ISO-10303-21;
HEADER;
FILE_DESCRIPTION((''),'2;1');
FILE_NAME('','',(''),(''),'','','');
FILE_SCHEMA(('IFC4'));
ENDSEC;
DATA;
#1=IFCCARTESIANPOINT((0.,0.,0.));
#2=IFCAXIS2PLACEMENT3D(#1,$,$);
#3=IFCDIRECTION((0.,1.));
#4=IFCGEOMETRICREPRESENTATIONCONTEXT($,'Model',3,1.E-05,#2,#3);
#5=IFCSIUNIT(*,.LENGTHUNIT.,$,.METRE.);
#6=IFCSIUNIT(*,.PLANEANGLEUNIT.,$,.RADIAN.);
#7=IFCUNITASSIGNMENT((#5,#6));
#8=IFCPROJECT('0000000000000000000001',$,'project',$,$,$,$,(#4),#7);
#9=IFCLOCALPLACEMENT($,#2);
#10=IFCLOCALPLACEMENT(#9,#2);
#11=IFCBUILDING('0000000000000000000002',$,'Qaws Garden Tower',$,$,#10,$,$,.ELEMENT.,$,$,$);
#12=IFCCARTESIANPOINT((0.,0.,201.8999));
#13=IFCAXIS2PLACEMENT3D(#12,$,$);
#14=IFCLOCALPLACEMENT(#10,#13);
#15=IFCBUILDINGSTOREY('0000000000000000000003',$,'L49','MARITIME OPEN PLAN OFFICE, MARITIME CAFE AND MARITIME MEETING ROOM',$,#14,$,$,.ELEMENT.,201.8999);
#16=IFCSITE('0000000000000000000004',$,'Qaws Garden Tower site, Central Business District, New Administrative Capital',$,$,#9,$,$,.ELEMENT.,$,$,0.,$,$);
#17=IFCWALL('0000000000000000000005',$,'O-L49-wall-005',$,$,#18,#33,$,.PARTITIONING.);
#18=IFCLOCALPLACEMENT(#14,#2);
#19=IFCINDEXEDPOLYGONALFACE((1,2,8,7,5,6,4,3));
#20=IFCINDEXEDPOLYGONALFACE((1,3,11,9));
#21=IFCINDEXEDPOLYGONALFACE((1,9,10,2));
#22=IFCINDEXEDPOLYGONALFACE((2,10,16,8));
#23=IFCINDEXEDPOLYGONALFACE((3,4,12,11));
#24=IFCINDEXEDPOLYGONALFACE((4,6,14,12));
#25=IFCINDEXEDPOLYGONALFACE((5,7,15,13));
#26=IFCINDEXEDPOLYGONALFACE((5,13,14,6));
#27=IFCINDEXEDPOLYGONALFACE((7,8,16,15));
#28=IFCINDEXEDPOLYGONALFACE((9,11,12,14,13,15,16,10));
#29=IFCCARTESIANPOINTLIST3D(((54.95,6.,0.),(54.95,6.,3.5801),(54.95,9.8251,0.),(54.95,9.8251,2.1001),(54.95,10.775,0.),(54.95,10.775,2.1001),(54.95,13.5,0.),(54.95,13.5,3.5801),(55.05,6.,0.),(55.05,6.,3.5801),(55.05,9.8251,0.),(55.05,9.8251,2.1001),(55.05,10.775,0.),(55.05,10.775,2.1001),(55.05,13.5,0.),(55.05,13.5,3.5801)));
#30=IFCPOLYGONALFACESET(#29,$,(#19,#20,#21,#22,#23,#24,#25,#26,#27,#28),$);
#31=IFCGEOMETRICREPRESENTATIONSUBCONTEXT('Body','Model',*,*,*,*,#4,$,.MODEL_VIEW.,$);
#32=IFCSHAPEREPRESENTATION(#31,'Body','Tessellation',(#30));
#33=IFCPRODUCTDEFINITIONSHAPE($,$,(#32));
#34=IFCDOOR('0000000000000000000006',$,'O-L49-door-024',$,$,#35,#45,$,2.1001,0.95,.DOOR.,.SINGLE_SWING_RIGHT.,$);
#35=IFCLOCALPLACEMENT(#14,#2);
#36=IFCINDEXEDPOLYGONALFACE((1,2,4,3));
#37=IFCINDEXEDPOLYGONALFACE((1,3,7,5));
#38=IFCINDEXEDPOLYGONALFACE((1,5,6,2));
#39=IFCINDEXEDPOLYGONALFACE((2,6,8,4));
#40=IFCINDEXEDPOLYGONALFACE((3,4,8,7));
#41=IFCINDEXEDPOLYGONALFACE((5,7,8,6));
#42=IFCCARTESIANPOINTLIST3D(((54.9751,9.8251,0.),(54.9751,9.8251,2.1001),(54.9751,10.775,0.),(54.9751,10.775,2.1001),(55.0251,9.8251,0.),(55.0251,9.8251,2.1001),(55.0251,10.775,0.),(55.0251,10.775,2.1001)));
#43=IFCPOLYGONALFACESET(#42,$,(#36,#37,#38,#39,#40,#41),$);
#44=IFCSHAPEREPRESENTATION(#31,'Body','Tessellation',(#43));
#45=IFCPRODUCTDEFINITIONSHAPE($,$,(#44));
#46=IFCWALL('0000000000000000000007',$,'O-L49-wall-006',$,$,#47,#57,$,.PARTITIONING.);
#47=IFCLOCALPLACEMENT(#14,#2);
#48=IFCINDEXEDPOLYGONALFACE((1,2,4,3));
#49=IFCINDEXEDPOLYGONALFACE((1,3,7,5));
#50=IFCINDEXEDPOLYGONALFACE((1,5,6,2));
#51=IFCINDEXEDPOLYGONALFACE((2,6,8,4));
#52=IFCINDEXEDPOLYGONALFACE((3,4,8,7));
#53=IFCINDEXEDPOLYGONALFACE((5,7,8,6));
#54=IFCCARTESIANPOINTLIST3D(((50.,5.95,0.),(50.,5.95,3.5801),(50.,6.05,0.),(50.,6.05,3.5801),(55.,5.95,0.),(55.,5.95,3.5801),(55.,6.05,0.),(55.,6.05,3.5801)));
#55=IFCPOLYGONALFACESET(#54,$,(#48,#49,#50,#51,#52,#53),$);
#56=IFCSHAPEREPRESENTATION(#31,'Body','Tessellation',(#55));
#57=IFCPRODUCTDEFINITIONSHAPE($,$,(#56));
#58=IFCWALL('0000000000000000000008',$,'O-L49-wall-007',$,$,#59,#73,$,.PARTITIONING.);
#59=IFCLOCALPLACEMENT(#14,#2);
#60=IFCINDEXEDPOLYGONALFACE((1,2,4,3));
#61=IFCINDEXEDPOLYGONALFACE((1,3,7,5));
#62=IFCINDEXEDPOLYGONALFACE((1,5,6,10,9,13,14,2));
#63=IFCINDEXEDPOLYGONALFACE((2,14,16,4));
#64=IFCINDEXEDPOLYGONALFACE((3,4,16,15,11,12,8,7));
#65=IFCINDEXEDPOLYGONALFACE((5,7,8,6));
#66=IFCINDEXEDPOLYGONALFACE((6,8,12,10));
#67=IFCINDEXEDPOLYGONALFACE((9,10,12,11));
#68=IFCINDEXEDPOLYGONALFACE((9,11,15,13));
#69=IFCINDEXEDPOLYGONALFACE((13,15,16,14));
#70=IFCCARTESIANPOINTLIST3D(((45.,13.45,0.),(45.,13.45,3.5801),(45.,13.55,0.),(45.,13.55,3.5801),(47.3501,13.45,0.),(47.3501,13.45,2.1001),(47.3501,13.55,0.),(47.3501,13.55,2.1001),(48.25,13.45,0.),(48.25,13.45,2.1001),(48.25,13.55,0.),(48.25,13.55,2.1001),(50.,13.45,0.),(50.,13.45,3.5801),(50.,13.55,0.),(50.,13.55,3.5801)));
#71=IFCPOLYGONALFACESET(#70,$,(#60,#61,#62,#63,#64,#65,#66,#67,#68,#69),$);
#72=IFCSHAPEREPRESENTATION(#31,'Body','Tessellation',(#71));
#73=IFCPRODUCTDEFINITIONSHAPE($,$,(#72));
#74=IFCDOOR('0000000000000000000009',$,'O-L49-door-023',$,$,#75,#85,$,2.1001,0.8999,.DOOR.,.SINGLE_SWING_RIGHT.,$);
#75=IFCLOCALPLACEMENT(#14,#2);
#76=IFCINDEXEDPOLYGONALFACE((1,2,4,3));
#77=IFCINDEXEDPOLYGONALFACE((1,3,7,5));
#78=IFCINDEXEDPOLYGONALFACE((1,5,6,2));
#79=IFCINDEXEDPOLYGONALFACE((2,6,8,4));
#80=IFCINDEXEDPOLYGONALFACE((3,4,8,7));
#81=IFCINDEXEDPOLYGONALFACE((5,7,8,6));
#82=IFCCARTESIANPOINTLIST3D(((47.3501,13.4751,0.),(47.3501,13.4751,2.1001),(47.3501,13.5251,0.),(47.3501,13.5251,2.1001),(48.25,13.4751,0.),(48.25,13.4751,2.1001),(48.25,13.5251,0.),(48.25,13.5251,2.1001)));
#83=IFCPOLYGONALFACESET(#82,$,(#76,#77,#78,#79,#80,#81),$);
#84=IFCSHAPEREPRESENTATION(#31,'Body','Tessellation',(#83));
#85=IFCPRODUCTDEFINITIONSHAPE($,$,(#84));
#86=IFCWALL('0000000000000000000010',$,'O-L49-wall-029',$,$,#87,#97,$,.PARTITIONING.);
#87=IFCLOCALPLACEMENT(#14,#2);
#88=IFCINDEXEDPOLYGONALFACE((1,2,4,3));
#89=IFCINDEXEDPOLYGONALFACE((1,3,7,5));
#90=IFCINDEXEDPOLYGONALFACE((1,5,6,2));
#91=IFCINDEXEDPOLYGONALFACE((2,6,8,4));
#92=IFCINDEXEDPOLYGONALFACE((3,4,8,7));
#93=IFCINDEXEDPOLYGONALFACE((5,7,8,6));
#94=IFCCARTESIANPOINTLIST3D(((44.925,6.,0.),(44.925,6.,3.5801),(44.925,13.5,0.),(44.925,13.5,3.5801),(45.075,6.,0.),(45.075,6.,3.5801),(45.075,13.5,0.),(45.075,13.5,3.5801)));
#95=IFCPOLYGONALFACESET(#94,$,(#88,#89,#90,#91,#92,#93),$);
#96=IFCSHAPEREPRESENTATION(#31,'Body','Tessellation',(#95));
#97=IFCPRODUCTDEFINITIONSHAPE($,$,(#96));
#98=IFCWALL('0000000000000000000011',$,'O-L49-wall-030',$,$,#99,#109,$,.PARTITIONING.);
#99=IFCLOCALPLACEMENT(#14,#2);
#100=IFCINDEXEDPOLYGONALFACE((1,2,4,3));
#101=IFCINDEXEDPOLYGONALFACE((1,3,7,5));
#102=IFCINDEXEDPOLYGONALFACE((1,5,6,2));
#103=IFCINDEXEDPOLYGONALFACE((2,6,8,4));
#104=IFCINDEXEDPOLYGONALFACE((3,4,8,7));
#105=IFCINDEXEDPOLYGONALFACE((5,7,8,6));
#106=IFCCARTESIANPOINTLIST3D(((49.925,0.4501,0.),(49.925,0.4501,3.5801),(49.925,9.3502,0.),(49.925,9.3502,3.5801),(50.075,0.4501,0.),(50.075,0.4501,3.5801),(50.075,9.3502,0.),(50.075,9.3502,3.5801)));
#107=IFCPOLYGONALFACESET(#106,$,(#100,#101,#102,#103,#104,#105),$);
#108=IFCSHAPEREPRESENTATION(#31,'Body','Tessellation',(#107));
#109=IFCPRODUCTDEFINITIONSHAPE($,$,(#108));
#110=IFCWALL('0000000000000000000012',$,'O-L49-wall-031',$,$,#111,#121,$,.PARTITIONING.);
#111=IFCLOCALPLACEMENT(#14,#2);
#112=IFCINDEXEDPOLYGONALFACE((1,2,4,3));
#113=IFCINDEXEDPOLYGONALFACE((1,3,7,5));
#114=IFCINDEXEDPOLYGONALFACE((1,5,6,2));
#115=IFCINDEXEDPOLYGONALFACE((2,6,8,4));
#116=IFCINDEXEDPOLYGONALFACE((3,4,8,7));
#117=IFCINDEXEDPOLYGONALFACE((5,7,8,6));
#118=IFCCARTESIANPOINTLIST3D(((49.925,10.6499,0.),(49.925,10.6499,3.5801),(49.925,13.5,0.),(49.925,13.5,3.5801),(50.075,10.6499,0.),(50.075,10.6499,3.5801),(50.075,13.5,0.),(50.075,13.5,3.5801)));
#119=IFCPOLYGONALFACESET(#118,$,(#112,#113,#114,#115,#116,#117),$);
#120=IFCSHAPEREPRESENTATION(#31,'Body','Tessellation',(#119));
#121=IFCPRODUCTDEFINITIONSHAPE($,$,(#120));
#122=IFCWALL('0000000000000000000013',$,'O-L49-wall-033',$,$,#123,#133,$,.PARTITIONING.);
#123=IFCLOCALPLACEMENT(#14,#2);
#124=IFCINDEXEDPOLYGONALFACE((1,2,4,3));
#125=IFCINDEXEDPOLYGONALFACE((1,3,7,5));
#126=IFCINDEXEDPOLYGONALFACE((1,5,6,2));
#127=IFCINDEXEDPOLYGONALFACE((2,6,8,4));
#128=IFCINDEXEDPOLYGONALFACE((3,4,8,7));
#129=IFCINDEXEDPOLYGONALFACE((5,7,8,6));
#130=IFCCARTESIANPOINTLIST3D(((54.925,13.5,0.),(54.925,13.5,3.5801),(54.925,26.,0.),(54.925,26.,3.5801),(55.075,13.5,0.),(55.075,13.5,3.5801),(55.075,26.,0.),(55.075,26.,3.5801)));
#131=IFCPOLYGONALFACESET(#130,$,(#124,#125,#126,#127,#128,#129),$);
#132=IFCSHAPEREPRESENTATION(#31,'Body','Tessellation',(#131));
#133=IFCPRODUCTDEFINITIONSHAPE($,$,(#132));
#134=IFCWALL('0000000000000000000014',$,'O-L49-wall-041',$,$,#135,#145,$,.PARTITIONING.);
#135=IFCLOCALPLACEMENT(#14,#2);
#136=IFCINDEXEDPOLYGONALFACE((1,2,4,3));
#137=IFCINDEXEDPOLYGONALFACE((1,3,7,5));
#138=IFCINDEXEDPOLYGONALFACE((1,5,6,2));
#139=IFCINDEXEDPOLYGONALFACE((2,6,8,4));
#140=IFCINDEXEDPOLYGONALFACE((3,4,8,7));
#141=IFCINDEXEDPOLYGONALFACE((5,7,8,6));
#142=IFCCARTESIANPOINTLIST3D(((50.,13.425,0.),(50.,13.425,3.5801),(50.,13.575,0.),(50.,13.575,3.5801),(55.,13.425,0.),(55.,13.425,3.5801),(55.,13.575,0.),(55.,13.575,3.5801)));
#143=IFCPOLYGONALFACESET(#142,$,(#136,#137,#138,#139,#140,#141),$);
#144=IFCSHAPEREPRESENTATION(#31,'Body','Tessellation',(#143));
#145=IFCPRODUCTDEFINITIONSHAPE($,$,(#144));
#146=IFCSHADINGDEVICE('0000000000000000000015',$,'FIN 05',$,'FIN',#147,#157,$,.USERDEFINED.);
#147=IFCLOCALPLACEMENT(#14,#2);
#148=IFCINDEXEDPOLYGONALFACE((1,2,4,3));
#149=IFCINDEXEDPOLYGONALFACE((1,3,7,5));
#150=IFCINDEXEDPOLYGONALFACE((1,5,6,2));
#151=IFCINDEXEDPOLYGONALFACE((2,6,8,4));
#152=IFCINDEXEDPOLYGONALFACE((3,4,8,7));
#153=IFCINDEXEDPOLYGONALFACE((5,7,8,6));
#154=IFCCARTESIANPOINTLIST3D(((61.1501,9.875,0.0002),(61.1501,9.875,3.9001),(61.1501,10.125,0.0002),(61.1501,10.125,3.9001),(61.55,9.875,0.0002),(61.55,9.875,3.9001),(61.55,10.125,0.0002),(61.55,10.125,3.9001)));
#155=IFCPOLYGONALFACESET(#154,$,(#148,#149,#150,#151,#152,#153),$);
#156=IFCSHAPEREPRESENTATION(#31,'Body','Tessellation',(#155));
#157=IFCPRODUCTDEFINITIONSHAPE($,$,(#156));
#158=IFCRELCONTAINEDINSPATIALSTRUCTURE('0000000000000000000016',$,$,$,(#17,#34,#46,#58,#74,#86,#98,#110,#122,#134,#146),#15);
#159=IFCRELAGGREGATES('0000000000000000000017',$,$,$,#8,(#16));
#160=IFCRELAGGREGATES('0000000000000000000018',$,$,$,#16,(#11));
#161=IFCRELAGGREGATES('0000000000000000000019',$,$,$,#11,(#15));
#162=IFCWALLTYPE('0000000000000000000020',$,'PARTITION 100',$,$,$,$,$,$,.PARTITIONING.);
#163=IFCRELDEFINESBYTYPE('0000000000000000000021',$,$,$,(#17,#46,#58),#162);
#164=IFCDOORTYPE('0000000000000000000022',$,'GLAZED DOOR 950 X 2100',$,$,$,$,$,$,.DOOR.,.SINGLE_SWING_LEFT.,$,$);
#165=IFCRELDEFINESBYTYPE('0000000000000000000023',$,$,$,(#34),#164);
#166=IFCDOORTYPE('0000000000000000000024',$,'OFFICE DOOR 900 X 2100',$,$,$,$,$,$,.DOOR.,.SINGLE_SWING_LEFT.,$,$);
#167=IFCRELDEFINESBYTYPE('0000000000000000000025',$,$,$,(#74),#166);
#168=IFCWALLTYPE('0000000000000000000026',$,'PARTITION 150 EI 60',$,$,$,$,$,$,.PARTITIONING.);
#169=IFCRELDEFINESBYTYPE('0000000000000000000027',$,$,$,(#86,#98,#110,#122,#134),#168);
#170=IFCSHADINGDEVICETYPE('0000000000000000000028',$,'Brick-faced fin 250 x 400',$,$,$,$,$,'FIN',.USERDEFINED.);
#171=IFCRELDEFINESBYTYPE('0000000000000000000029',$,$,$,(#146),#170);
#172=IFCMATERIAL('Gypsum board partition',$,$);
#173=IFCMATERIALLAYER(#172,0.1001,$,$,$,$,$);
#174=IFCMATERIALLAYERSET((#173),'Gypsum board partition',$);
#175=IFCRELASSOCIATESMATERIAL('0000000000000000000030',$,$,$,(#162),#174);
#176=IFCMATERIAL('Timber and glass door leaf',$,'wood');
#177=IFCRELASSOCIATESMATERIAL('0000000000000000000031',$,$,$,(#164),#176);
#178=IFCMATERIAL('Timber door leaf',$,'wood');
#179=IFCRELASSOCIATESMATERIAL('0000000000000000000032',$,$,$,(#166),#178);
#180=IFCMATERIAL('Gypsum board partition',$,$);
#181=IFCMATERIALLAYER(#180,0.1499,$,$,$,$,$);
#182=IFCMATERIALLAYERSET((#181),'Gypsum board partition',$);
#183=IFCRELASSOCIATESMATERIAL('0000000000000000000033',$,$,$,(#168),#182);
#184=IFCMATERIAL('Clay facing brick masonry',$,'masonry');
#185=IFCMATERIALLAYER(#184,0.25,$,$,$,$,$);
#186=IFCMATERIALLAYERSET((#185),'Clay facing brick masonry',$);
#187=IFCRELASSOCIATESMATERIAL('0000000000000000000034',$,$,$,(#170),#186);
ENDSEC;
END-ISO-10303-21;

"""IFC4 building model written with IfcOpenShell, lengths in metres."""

from ifc_helpers import new_model, si_unit, direction, frame, frame_2d, origin, origin_2d, place, context, subcontext, project, spatial, rectangle, extrude, material, layer, layer_set, type_object, element, fill, save


model = new_model("IFC4")

# Units and contexts
model_context = context("Model", 3, precision=1e-05, world=origin(), true_north=direction((0.0, 1.0)))
body_context = subcontext(model_context, "Body", "Model", "MODEL_VIEW")
ifc_project = project(units=[si_unit("LENGTHUNIT", "METRE"), si_unit("PLANEANGLEUNIT", "RADIAN")], contexts=[model_context])

# Site, building, storey
site_placement = place(None, origin())
site = spatial("IfcSite", under=ifc_project, at=site_placement, Name="Qaws Garden Tower site, Central Business District, New Administrative Capital", CompositionType="ELEMENT", RefElevation=0.0)
building_placement = place(site_placement, origin())
building = spatial("IfcBuilding", under=site, at=building_placement, Name="Qaws Garden Tower", CompositionType="ELEMENT")
storey_placement = place(building_placement, frame((0.0, 0.0, 201.8999)))
storey = spatial("IfcBuildingStorey", under=building, at=storey_placement, Name="L49", Description="MARITIME OPEN PLAN OFFICE, MARITIME CAFE AND MARITIME MEETING ROOM", CompositionType="ELEMENT", Elevation=201.8999)

# Wall, opening, door
ifc_material_1 = material(Name="Gypsum board partition")
ifc_layer_1 = layer(ifc_material_1, 0.1001)
ifc_layer_set_1 = layer_set([ifc_layer_1], Name="Gypsum board partition")
wall_type_1 = type_object("IfcWallType", Name="PARTITION 100", PredefinedType="PARTITIONING", material=ifc_layer_set_1)
wall_1_placement = place(storey_placement, frame((55.0, 6.0, 0.0), z_axis=(0.0, 0.0, 1.0), x_axis=(0.0, 1.0, 0.0)))
wall_1 = element("IfcWall", 1, at=wall_1_placement, inside=storey, type_object=wall_type_1, Name="O-L49-wall-005", PredefinedType="PARTITIONING", context=body_context, shape_type="SweptSolid", body=[
    extrude(rectangle(XDim=7.5, YDim=0.1001, at=frame_2d((3.75, 0.0))), origin(), (0.0, 0.0, 1.0), 3.5801),
])
opening_1_placement = place(wall_1_placement, frame((3.825, 0.0, 0.0)))
opening_1 = element("IfcOpeningElement", 2, at=opening_1_placement, cuts=wall_1, PredefinedType="OPENING", context=body_context, shape_type="SweptSolid", body=[
    extrude(rectangle(XDim=0.95, YDim=2.1001, at=frame_2d((0.4751, 1.05))), frame((0.0, 0.0601, 0.0), z_axis=(0.0, -1.0, 0.0), x_axis=(1.0, 0.0, 0.0)), (0.0, 0.0, 1.0), 0.1201),
])
ifc_material_2 = material(Name="Timber and glass door leaf", Category="wood")
door_type_1 = type_object("IfcDoorType", Name="GLAZED DOOR 950 X 2100", OperationType="SINGLE_SWING_LEFT", PredefinedType="DOOR", material=ifc_material_2)
door_1_placement = place(opening_1_placement, origin())
door_1 = element("IfcDoor", 3, at=door_1_placement, inside=storey, type_object=door_type_1, Name="O-L49-door-024", OperationType="SINGLE_SWING_RIGHT", OverallHeight=2.1001, OverallWidth=0.95, PredefinedType="DOOR", context=body_context, shape_type="SweptSolid", body=[
    extrude(rectangle(XDim=0.95, YDim=2.1001, at=frame_2d((0.4751, 1.05))), frame((0.0, 0.0249, 0.0), z_axis=(0.0, -1.0, 0.0), x_axis=(1.0, 0.0, 0.0)), (0.0, 0.0, 1.0), 0.05),
])
fill(opening_1, door_1)

# Wall
wall_2_placement = place(storey_placement, frame((50.0, 6.0, 0.0), z_axis=(0.0, 0.0, 1.0), x_axis=(1.0, 0.0, 0.0)))
element("IfcWall", 4, at=wall_2_placement, inside=storey, type_object=wall_type_1, Name="O-L49-wall-006", PredefinedType="PARTITIONING", context=body_context, shape_type="SweptSolid", body=[
    extrude(rectangle(XDim=5.0, YDim=0.1001, at=frame_2d((2.5, 0.0))), origin(), (0.0, 0.0, 1.0), 3.5801),
])

# Wall, opening, door
wall_3_placement = place(storey_placement, frame((45.0, 13.5, 0.0), z_axis=(0.0, 0.0, 1.0), x_axis=(1.0, 0.0, 0.0)))
wall_3 = element("IfcWall", 5, at=wall_3_placement, inside=storey, type_object=wall_type_1, Name="O-L49-wall-007", PredefinedType="PARTITIONING", context=body_context, shape_type="SweptSolid", body=[
    extrude(rectangle(XDim=5.0, YDim=0.1001, at=frame_2d((2.5, 0.0))), origin(), (0.0, 0.0, 1.0), 3.5801),
])
opening_2_placement = place(wall_3_placement, frame((2.3501, 0.0, 0.0)))
opening_2 = element("IfcOpeningElement", 6, at=opening_2_placement, cuts=wall_3, PredefinedType="OPENING", context=body_context, shape_type="SweptSolid", body=[
    extrude(rectangle(XDim=0.8999, YDim=2.1001, at=frame_2d((0.45, 1.05))), frame((0.0, 0.0601, 0.0), z_axis=(0.0, -1.0, 0.0), x_axis=(1.0, 0.0, 0.0)), (0.0, 0.0, 1.0), 0.1201),
])
ifc_material_3 = material(Name="Timber door leaf", Category="wood")
door_type_2 = type_object("IfcDoorType", Name="OFFICE DOOR 900 X 2100", OperationType="SINGLE_SWING_LEFT", PredefinedType="DOOR", material=ifc_material_3)
door_2_placement = place(opening_2_placement, frame((0.8999, 0.0, 0.0), z_axis=(0.0, 0.0, 1.0), x_axis=(-1.0, 0.0, 0.0)))
door_2 = element("IfcDoor", 7, at=door_2_placement, inside=storey, type_object=door_type_2, Name="O-L49-door-023", OperationType="SINGLE_SWING_RIGHT", OverallHeight=2.1001, OverallWidth=0.8999, PredefinedType="DOOR", context=body_context, shape_type="SweptSolid", body=[
    extrude(rectangle(XDim=0.8999, YDim=2.1001, at=frame_2d((0.45, 1.05))), frame((0.0, 0.0249, 0.0), z_axis=(0.0, -1.0, 0.0), x_axis=(1.0, 0.0, 0.0)), (0.0, 0.0, 1.0), 0.05),
])
fill(opening_2, door_2)

# Walls
ifc_material_4 = material(Name="Gypsum board partition")
ifc_layer_2 = layer(ifc_material_4, 0.1499)
ifc_layer_set_2 = layer_set([ifc_layer_2], Name="Gypsum board partition")
wall_type_2 = type_object("IfcWallType", Name="PARTITION 150 EI 60", PredefinedType="PARTITIONING", material=ifc_layer_set_2)
wall_4_placement = place(storey_placement, frame((45.0, 6.0, 0.0), z_axis=(0.0, 0.0, 1.0), x_axis=(0.0, 1.0, 0.0)))
element("IfcWall", 8, at=wall_4_placement, inside=storey, type_object=wall_type_2, Name="O-L49-wall-029", PredefinedType="PARTITIONING", context=body_context, shape_type="SweptSolid", body=[
    extrude(rectangle(XDim=7.5, YDim=0.1499, at=frame_2d((3.75, 0.0))), origin(), (0.0, 0.0, 1.0), 3.5801),
])
wall_5_placement = place(storey_placement, frame((50.0, 0.45, 0.0), z_axis=(0.0, 0.0, 1.0), x_axis=(0.0, 1.0, 0.0)))
element("IfcWall", 9, at=wall_5_placement, inside=storey, type_object=wall_type_2, Name="O-L49-wall-030", PredefinedType="PARTITIONING", context=body_context, shape_type="SweptSolid", body=[
    extrude(rectangle(XDim=8.9001, YDim=0.1499, at=frame_2d((4.4502, 0.0))), origin(), (0.0, 0.0, 1.0), 3.5801),
])
wall_6_placement = place(storey_placement, frame((50.0, 10.6499, 0.0), z_axis=(0.0, 0.0, 1.0), x_axis=(0.0, 1.0, 0.0)))
element("IfcWall", 10, at=wall_6_placement, inside=storey, type_object=wall_type_2, Name="O-L49-wall-031", PredefinedType="PARTITIONING", context=body_context, shape_type="SweptSolid", body=[
    extrude(rectangle(XDim=2.8501, YDim=0.1499, at=frame_2d((1.425, 0.0))), origin(), (0.0, 0.0, 1.0), 3.5801),
])
wall_7_placement = place(storey_placement, frame((55.0, 13.5, 0.0), z_axis=(0.0, 0.0, 1.0), x_axis=(0.0, 1.0, 0.0)))
element("IfcWall", 11, at=wall_7_placement, inside=storey, type_object=wall_type_2, Name="O-L49-wall-033", PredefinedType="PARTITIONING", context=body_context, shape_type="SweptSolid", body=[
    extrude(rectangle(XDim=12.5, YDim=0.1499, at=frame_2d((6.25, 0.0))), origin(), (0.0, 0.0, 1.0), 3.5801),
])
wall_8_placement = place(storey_placement, frame((50.0, 13.5, 0.0), z_axis=(0.0, 0.0, 1.0), x_axis=(1.0, 0.0, 0.0)))
element("IfcWall", 12, at=wall_8_placement, inside=storey, type_object=wall_type_2, Name="O-L49-wall-041", PredefinedType="PARTITIONING", context=body_context, shape_type="SweptSolid", body=[
    extrude(rectangle(XDim=5.0, YDim=0.1499, at=frame_2d((2.5, 0.0))), origin(), (0.0, 0.0, 1.0), 3.5801),
])

# Shading device
ifc_material_5 = material(Name="Clay facing brick masonry", Category="masonry")
ifc_layer_3 = layer(ifc_material_5, 0.25)
ifc_layer_set_3 = layer_set([ifc_layer_3], Name="Clay facing brick masonry")
shading_device_type = type_object("IfcShadingDeviceType", Name="Brick-faced fin 250 x 400", ElementType="FIN", PredefinedType="USERDEFINED", material=ifc_layer_set_3)
shading_device_placement = place(storey_placement, frame((61.3501, 10.0, 0.0002), z_axis=(0.0, 0.0, 1.0), x_axis=(0.0, 1.0, 0.0)))
element("IfcShadingDevice", 13, at=shading_device_placement, inside=storey, type_object=shading_device_type, Name="FIN 05", ObjectType="FIN", PredefinedType="USERDEFINED", context=body_context, shape_type="SweptSolid", body=[
    extrude(rectangle(XDim=0.25, YDim=0.3999, at=origin_2d()), origin(), (0.0, 0.0, 1.0), 3.8999),
])

save(model, "model.ifc")
